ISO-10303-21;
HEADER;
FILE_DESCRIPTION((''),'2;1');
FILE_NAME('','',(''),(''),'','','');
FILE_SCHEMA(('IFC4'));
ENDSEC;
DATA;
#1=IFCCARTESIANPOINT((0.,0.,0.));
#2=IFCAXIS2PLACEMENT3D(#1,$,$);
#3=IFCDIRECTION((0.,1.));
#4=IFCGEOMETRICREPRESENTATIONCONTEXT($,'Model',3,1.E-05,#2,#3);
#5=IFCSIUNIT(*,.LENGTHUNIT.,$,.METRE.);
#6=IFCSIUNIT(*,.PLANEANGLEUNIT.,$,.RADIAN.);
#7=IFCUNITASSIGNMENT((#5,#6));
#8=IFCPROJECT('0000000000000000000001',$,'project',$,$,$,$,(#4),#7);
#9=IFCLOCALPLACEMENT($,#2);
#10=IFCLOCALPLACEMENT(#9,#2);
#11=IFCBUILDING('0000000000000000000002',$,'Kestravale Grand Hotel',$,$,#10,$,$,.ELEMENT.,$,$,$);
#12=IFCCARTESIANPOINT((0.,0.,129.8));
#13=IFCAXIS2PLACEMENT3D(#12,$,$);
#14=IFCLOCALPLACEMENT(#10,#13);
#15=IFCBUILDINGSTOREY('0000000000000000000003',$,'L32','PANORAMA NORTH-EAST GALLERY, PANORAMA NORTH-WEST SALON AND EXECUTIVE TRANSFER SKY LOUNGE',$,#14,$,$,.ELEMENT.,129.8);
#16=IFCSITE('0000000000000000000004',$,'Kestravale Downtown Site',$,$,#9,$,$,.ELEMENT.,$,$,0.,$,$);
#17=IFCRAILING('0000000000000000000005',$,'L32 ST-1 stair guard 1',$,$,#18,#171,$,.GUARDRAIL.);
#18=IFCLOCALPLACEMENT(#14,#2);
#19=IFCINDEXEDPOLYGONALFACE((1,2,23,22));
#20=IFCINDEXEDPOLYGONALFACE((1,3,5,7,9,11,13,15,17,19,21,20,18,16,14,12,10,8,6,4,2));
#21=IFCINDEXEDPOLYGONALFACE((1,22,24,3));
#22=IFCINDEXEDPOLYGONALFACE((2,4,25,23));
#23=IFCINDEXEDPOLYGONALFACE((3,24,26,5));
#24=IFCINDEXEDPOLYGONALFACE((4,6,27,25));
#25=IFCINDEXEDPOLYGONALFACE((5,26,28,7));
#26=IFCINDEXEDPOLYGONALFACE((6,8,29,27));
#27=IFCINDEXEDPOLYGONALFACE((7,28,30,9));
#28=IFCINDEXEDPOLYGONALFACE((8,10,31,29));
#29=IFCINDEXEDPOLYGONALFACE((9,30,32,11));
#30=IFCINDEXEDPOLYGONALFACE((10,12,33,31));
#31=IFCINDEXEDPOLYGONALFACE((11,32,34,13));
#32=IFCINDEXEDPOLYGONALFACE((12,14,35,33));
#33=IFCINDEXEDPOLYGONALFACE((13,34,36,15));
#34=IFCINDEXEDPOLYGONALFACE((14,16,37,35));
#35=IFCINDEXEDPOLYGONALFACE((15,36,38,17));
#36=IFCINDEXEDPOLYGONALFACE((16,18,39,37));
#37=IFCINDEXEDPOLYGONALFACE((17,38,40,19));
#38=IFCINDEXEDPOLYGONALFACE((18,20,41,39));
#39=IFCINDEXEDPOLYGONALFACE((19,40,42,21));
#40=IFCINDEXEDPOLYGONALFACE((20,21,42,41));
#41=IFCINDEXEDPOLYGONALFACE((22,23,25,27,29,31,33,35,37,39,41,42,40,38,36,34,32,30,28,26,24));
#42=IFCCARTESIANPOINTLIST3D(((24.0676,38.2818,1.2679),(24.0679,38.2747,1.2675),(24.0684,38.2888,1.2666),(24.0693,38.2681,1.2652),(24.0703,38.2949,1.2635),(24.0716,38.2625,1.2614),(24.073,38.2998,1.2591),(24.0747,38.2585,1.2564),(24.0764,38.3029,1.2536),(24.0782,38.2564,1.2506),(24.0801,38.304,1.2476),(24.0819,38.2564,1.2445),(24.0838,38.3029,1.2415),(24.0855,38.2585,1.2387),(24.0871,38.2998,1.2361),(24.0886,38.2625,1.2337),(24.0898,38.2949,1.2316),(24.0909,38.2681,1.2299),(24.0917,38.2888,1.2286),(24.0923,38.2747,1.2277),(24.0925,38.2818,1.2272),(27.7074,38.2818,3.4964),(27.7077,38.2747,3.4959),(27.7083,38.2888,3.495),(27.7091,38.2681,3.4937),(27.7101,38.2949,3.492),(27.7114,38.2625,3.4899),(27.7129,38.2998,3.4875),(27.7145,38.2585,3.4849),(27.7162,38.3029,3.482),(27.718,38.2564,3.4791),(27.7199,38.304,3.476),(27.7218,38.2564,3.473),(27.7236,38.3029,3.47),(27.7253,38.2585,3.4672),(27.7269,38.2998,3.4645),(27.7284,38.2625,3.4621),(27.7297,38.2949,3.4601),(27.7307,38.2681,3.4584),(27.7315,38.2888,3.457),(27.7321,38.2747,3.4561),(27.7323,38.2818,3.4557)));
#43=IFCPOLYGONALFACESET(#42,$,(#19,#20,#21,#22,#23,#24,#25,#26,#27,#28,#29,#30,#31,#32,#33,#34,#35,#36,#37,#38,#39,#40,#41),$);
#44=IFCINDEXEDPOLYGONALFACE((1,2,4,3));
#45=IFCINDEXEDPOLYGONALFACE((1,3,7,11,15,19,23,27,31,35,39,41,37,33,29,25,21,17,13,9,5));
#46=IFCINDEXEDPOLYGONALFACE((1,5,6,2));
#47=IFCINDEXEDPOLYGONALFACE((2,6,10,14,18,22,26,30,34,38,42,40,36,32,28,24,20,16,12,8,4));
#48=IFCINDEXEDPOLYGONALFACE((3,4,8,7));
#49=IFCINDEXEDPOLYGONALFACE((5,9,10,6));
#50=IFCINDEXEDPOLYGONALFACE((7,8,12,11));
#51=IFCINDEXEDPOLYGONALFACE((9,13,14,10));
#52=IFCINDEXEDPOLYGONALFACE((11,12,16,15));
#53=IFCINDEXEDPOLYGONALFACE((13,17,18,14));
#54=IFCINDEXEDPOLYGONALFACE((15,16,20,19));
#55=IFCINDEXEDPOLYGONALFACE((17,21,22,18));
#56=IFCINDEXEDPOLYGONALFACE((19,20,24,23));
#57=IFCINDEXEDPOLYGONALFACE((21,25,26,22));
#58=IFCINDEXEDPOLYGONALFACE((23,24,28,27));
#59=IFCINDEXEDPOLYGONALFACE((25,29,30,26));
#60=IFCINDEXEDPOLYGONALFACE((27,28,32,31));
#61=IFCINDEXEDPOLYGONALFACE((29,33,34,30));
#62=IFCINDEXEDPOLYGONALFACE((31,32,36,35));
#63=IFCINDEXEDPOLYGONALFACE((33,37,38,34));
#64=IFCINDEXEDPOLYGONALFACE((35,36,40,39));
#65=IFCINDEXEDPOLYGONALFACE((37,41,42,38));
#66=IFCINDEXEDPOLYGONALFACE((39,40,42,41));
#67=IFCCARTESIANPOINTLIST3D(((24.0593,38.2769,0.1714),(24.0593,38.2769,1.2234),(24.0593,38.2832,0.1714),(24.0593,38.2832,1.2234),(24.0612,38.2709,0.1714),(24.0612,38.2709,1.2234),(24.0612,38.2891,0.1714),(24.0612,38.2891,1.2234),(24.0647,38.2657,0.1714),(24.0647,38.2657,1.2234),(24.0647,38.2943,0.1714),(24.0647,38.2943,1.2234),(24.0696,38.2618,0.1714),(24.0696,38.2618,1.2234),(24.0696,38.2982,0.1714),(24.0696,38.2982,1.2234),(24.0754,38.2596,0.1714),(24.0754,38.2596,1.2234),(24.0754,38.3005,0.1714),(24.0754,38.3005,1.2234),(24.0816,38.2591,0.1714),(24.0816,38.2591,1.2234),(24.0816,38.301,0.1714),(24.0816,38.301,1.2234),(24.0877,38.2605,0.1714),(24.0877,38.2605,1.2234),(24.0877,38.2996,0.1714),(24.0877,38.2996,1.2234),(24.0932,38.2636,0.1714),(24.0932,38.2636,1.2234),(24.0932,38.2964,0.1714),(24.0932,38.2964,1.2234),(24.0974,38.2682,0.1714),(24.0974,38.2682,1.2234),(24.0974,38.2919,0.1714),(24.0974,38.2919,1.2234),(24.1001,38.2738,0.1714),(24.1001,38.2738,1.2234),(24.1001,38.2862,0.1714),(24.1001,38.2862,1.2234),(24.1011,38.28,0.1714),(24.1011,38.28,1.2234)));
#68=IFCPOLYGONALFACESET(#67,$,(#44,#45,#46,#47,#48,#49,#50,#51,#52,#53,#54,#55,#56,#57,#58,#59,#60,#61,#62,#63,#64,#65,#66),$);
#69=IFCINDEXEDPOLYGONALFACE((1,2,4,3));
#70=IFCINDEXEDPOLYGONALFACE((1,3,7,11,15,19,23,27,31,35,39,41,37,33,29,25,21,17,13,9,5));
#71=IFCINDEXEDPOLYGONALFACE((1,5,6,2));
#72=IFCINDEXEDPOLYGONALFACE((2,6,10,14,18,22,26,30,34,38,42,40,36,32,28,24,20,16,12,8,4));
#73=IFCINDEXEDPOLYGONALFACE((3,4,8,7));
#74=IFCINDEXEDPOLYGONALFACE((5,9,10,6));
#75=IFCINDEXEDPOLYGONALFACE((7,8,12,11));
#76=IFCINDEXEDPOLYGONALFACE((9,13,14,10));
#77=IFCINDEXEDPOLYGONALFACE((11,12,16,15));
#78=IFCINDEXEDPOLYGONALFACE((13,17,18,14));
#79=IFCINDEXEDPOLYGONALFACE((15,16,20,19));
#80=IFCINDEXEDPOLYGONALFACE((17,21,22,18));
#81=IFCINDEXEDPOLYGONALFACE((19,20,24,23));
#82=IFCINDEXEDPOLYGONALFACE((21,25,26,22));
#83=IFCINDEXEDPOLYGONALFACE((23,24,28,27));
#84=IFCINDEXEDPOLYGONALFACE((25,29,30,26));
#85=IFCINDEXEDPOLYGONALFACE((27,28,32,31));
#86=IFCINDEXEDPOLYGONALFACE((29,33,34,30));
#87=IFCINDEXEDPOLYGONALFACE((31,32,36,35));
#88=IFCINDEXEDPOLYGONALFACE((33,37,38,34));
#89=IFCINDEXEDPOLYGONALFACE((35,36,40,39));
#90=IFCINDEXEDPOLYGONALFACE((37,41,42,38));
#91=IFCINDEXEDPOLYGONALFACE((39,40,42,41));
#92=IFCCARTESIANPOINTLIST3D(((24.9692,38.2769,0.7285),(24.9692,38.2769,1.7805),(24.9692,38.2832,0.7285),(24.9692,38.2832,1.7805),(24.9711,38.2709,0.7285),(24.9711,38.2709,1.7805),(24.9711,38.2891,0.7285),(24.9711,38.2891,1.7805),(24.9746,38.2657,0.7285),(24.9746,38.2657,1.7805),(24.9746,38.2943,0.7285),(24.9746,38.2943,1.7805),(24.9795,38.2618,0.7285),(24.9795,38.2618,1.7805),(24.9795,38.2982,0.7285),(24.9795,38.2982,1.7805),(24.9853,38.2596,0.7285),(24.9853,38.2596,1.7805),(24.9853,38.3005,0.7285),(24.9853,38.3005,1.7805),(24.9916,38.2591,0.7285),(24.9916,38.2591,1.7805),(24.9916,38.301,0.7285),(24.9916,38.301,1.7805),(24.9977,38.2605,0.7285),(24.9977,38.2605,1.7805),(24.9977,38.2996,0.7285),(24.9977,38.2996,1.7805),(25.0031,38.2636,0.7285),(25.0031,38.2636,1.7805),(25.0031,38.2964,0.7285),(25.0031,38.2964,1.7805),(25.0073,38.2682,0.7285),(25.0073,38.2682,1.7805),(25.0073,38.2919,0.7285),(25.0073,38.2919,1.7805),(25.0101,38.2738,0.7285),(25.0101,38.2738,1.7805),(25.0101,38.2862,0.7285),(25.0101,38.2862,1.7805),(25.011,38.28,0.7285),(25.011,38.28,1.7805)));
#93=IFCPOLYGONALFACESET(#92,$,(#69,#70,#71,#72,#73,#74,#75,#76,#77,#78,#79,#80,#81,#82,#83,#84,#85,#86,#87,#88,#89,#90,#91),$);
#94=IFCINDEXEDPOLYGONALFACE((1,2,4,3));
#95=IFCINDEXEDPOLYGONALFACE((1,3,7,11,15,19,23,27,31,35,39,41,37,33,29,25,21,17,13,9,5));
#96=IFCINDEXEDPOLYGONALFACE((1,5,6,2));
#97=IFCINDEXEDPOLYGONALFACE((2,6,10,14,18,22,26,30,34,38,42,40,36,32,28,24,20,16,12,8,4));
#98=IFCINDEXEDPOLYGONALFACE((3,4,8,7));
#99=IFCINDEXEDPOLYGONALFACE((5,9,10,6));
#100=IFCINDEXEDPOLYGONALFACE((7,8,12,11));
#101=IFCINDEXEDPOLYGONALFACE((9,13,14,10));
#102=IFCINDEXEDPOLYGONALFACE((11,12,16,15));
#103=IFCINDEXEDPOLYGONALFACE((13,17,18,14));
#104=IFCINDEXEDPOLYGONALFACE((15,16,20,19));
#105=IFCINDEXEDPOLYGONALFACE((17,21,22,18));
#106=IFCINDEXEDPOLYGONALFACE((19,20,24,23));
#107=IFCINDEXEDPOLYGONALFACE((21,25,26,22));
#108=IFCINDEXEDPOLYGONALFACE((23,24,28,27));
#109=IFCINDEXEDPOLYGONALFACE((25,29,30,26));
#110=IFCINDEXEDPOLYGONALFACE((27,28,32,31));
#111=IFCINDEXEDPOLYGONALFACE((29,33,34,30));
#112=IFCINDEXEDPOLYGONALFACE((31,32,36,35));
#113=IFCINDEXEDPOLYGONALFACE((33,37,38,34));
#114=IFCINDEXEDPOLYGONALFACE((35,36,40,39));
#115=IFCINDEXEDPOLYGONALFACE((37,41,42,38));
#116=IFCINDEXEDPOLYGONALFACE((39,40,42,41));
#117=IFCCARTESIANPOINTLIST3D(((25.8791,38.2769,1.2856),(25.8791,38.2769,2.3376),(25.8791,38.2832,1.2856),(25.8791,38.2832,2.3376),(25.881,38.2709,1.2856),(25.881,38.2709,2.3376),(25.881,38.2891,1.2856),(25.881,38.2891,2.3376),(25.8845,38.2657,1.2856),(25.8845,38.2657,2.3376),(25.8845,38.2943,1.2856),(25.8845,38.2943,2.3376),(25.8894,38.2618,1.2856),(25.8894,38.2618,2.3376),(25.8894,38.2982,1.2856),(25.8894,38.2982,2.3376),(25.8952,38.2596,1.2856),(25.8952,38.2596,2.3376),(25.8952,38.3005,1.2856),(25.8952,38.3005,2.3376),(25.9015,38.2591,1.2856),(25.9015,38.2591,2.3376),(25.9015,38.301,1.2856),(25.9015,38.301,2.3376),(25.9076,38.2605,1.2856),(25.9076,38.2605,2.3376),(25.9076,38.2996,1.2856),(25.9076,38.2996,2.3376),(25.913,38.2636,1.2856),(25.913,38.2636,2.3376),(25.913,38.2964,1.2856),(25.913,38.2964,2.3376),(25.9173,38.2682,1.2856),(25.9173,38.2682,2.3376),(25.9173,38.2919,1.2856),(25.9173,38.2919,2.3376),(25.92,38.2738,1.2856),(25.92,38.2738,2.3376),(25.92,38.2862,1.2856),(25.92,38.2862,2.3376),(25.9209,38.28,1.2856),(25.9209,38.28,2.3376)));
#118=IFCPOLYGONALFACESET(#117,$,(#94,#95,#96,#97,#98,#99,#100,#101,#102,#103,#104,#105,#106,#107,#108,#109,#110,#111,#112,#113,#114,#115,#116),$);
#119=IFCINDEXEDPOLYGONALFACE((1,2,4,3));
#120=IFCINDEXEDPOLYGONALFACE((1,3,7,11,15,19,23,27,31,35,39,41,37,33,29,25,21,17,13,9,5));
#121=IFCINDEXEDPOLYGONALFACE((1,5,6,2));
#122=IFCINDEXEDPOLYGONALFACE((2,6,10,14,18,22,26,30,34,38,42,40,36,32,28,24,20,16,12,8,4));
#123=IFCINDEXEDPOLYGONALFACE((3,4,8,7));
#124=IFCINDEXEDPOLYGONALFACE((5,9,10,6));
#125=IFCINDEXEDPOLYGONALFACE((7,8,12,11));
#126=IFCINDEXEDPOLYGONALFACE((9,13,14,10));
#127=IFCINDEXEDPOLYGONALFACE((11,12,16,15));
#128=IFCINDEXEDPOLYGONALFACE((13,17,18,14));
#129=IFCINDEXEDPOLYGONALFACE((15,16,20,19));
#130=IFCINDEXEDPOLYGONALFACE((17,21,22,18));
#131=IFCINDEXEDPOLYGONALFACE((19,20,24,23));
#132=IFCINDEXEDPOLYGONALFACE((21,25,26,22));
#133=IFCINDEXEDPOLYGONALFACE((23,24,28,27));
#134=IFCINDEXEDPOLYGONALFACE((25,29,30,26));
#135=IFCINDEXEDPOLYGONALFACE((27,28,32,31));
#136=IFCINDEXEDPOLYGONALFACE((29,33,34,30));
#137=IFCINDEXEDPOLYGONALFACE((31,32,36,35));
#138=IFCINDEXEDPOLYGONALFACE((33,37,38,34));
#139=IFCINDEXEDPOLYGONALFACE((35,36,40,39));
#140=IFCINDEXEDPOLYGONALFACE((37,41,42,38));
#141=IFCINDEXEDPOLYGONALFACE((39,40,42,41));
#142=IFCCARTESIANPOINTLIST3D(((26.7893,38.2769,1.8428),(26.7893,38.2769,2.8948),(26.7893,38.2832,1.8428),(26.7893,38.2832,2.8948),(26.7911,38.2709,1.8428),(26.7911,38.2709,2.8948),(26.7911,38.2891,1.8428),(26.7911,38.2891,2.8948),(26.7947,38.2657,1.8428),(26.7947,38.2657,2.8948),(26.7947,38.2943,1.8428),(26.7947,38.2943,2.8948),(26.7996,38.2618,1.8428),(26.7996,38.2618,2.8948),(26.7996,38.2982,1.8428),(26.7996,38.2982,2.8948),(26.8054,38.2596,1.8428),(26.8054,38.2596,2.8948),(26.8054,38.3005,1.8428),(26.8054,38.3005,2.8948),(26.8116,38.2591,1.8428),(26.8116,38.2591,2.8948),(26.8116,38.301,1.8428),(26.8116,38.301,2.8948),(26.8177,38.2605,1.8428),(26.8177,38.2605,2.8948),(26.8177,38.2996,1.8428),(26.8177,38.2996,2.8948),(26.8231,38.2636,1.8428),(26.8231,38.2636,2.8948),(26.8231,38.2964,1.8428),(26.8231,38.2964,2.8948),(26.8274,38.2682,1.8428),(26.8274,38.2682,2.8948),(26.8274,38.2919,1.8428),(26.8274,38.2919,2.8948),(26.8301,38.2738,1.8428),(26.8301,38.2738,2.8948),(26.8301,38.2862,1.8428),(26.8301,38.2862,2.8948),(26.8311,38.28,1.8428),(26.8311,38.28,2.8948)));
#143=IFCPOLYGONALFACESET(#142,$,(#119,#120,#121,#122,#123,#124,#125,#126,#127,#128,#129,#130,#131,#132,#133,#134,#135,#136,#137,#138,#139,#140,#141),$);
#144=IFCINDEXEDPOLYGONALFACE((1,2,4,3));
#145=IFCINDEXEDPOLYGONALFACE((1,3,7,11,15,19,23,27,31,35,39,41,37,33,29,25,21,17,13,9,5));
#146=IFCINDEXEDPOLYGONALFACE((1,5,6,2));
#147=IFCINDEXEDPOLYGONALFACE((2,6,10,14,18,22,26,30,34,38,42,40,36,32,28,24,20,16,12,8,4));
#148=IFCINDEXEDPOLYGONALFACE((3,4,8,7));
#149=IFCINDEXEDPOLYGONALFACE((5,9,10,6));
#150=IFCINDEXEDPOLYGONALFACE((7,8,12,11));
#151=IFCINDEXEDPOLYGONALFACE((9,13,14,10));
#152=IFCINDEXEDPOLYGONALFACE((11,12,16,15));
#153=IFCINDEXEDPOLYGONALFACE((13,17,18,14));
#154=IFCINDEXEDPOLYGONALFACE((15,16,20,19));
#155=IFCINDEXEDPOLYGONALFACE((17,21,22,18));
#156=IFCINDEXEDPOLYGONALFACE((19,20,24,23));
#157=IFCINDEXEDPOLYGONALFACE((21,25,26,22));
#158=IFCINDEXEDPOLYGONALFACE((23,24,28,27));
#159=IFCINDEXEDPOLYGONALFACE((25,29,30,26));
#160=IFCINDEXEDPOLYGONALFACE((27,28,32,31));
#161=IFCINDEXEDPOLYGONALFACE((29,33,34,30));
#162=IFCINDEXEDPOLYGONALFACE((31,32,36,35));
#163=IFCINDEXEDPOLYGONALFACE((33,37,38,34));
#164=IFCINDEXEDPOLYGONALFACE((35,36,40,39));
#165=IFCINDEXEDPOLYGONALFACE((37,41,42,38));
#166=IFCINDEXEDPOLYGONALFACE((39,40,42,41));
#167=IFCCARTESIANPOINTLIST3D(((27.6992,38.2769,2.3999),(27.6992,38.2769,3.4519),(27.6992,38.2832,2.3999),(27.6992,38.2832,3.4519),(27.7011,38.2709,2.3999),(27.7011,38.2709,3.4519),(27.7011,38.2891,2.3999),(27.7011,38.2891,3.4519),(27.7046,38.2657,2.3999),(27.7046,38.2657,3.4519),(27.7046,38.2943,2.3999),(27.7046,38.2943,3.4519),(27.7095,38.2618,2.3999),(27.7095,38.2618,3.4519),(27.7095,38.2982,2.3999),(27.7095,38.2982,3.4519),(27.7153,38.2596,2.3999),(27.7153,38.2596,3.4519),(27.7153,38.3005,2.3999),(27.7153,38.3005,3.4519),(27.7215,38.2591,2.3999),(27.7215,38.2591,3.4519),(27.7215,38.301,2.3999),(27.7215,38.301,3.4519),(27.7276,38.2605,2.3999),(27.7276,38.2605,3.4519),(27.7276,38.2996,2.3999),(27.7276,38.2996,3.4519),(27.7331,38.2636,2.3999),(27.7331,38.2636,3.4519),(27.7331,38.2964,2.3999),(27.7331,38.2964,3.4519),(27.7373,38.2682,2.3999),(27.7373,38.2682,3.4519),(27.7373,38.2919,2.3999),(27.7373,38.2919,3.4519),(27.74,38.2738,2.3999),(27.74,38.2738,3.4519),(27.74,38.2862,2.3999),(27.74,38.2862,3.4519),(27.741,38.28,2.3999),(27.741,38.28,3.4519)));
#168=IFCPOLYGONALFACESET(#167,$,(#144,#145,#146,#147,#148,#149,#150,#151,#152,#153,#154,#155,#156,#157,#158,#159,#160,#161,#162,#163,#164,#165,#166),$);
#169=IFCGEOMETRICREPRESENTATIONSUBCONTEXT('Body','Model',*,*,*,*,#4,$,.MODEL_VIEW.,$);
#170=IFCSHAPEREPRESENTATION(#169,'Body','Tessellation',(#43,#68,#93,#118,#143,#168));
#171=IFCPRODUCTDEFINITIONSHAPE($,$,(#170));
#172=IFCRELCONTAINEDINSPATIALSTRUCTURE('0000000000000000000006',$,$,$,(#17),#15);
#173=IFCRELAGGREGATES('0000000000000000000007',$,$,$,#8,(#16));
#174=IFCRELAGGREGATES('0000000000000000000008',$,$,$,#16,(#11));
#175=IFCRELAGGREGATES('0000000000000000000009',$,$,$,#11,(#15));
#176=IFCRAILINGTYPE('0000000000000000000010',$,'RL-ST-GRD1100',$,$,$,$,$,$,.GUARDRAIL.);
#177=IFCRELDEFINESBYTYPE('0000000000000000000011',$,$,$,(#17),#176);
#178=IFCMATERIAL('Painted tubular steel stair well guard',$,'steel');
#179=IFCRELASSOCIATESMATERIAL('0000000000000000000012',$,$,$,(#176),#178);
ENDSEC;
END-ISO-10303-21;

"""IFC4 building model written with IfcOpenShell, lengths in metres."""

from ifc_helpers import new_model, si_unit, direction, frame, origin, origin_2d, place, context, subcontext, project, spatial, circle, extrude, material, type_object, element, save


model = new_model("IFC4")

# Units and contexts
model_context = context("Model", 3, precision=1e-05, world=origin(), true_north=direction((0.0, 1.0)))
body_context = subcontext(model_context, "Body", "Model", "MODEL_VIEW")
ifc_project = project(units=[si_unit("LENGTHUNIT", "METRE"), si_unit("PLANEANGLEUNIT", "RADIAN")], contexts=[model_context])

# Site, building, storey
site_placement = place(None, origin())
site = spatial("IfcSite", under=ifc_project, at=site_placement, Name="Kestravale Downtown Site", CompositionType="ELEMENT", RefElevation=0.0)
building_placement = place(site_placement, origin())
building = spatial("IfcBuilding", under=site, at=building_placement, Name="Kestravale Grand Hotel", CompositionType="ELEMENT")
storey_placement = place(building_placement, frame((0.0, 0.0, 129.8)))
storey = spatial("IfcBuildingStorey", under=building, at=storey_placement, Name="L32", Description="PANORAMA NORTH-EAST GALLERY, PANORAMA NORTH-WEST SALON AND EXECUTIVE TRANSFER SKY LOUNGE", CompositionType="ELEMENT", Elevation=129.8)

# Railing
ifc_material_1 = material(Name="Painted tubular steel stair well guard", Category="steel")
railing_type_1 = type_object("IfcRailingType", Name="RL-ST-GRD1100", PredefinedType="GUARDRAIL", material=ifc_material_1)
railing_1_placement = place(storey_placement, frame((24.0801, 38.28, 0.1714)))
element("IfcRailing", 1, at=railing_1_placement, inside=storey, type_object=railing_type_1, Name="L32 ST-1 stair guard 1", PredefinedType="GUARDRAIL", context=body_context, shape_type="SweptSolid", body=[
    extrude(circle(Radius=0.0239, at=origin_2d()), frame((0.0, 0.0, 1.0762), z_axis=(0.85285, 0.0, 0.522156), x_axis=(0.0, 1.0, 0.0)), (0.0, 0.0, 1.0), 4.2678),
    extrude(circle(Radius=0.021, at=origin_2d()), origin(), (0.0, 0.0, 1.0), 1.052),
    extrude(circle(Radius=0.021, at=origin_2d()), frame((0.9099, 0.0, 0.5571)), (0.0, 0.0, 1.0), 1.052),
    extrude(circle(Radius=0.021, at=origin_2d()), frame((1.8198, 0.0, 1.1143)), (0.0, 0.0, 1.0), 1.052),
    extrude(circle(Radius=0.021, at=origin_2d()), frame((2.73, 0.0, 1.6714)), (0.0, 0.0, 1.0), 1.052),
    extrude(circle(Radius=0.021, at=origin_2d()), frame((3.6399, 0.0, 2.2285)), (0.0, 0.0, 1.0), 1.052),
])

save(model, "model.ifc")
